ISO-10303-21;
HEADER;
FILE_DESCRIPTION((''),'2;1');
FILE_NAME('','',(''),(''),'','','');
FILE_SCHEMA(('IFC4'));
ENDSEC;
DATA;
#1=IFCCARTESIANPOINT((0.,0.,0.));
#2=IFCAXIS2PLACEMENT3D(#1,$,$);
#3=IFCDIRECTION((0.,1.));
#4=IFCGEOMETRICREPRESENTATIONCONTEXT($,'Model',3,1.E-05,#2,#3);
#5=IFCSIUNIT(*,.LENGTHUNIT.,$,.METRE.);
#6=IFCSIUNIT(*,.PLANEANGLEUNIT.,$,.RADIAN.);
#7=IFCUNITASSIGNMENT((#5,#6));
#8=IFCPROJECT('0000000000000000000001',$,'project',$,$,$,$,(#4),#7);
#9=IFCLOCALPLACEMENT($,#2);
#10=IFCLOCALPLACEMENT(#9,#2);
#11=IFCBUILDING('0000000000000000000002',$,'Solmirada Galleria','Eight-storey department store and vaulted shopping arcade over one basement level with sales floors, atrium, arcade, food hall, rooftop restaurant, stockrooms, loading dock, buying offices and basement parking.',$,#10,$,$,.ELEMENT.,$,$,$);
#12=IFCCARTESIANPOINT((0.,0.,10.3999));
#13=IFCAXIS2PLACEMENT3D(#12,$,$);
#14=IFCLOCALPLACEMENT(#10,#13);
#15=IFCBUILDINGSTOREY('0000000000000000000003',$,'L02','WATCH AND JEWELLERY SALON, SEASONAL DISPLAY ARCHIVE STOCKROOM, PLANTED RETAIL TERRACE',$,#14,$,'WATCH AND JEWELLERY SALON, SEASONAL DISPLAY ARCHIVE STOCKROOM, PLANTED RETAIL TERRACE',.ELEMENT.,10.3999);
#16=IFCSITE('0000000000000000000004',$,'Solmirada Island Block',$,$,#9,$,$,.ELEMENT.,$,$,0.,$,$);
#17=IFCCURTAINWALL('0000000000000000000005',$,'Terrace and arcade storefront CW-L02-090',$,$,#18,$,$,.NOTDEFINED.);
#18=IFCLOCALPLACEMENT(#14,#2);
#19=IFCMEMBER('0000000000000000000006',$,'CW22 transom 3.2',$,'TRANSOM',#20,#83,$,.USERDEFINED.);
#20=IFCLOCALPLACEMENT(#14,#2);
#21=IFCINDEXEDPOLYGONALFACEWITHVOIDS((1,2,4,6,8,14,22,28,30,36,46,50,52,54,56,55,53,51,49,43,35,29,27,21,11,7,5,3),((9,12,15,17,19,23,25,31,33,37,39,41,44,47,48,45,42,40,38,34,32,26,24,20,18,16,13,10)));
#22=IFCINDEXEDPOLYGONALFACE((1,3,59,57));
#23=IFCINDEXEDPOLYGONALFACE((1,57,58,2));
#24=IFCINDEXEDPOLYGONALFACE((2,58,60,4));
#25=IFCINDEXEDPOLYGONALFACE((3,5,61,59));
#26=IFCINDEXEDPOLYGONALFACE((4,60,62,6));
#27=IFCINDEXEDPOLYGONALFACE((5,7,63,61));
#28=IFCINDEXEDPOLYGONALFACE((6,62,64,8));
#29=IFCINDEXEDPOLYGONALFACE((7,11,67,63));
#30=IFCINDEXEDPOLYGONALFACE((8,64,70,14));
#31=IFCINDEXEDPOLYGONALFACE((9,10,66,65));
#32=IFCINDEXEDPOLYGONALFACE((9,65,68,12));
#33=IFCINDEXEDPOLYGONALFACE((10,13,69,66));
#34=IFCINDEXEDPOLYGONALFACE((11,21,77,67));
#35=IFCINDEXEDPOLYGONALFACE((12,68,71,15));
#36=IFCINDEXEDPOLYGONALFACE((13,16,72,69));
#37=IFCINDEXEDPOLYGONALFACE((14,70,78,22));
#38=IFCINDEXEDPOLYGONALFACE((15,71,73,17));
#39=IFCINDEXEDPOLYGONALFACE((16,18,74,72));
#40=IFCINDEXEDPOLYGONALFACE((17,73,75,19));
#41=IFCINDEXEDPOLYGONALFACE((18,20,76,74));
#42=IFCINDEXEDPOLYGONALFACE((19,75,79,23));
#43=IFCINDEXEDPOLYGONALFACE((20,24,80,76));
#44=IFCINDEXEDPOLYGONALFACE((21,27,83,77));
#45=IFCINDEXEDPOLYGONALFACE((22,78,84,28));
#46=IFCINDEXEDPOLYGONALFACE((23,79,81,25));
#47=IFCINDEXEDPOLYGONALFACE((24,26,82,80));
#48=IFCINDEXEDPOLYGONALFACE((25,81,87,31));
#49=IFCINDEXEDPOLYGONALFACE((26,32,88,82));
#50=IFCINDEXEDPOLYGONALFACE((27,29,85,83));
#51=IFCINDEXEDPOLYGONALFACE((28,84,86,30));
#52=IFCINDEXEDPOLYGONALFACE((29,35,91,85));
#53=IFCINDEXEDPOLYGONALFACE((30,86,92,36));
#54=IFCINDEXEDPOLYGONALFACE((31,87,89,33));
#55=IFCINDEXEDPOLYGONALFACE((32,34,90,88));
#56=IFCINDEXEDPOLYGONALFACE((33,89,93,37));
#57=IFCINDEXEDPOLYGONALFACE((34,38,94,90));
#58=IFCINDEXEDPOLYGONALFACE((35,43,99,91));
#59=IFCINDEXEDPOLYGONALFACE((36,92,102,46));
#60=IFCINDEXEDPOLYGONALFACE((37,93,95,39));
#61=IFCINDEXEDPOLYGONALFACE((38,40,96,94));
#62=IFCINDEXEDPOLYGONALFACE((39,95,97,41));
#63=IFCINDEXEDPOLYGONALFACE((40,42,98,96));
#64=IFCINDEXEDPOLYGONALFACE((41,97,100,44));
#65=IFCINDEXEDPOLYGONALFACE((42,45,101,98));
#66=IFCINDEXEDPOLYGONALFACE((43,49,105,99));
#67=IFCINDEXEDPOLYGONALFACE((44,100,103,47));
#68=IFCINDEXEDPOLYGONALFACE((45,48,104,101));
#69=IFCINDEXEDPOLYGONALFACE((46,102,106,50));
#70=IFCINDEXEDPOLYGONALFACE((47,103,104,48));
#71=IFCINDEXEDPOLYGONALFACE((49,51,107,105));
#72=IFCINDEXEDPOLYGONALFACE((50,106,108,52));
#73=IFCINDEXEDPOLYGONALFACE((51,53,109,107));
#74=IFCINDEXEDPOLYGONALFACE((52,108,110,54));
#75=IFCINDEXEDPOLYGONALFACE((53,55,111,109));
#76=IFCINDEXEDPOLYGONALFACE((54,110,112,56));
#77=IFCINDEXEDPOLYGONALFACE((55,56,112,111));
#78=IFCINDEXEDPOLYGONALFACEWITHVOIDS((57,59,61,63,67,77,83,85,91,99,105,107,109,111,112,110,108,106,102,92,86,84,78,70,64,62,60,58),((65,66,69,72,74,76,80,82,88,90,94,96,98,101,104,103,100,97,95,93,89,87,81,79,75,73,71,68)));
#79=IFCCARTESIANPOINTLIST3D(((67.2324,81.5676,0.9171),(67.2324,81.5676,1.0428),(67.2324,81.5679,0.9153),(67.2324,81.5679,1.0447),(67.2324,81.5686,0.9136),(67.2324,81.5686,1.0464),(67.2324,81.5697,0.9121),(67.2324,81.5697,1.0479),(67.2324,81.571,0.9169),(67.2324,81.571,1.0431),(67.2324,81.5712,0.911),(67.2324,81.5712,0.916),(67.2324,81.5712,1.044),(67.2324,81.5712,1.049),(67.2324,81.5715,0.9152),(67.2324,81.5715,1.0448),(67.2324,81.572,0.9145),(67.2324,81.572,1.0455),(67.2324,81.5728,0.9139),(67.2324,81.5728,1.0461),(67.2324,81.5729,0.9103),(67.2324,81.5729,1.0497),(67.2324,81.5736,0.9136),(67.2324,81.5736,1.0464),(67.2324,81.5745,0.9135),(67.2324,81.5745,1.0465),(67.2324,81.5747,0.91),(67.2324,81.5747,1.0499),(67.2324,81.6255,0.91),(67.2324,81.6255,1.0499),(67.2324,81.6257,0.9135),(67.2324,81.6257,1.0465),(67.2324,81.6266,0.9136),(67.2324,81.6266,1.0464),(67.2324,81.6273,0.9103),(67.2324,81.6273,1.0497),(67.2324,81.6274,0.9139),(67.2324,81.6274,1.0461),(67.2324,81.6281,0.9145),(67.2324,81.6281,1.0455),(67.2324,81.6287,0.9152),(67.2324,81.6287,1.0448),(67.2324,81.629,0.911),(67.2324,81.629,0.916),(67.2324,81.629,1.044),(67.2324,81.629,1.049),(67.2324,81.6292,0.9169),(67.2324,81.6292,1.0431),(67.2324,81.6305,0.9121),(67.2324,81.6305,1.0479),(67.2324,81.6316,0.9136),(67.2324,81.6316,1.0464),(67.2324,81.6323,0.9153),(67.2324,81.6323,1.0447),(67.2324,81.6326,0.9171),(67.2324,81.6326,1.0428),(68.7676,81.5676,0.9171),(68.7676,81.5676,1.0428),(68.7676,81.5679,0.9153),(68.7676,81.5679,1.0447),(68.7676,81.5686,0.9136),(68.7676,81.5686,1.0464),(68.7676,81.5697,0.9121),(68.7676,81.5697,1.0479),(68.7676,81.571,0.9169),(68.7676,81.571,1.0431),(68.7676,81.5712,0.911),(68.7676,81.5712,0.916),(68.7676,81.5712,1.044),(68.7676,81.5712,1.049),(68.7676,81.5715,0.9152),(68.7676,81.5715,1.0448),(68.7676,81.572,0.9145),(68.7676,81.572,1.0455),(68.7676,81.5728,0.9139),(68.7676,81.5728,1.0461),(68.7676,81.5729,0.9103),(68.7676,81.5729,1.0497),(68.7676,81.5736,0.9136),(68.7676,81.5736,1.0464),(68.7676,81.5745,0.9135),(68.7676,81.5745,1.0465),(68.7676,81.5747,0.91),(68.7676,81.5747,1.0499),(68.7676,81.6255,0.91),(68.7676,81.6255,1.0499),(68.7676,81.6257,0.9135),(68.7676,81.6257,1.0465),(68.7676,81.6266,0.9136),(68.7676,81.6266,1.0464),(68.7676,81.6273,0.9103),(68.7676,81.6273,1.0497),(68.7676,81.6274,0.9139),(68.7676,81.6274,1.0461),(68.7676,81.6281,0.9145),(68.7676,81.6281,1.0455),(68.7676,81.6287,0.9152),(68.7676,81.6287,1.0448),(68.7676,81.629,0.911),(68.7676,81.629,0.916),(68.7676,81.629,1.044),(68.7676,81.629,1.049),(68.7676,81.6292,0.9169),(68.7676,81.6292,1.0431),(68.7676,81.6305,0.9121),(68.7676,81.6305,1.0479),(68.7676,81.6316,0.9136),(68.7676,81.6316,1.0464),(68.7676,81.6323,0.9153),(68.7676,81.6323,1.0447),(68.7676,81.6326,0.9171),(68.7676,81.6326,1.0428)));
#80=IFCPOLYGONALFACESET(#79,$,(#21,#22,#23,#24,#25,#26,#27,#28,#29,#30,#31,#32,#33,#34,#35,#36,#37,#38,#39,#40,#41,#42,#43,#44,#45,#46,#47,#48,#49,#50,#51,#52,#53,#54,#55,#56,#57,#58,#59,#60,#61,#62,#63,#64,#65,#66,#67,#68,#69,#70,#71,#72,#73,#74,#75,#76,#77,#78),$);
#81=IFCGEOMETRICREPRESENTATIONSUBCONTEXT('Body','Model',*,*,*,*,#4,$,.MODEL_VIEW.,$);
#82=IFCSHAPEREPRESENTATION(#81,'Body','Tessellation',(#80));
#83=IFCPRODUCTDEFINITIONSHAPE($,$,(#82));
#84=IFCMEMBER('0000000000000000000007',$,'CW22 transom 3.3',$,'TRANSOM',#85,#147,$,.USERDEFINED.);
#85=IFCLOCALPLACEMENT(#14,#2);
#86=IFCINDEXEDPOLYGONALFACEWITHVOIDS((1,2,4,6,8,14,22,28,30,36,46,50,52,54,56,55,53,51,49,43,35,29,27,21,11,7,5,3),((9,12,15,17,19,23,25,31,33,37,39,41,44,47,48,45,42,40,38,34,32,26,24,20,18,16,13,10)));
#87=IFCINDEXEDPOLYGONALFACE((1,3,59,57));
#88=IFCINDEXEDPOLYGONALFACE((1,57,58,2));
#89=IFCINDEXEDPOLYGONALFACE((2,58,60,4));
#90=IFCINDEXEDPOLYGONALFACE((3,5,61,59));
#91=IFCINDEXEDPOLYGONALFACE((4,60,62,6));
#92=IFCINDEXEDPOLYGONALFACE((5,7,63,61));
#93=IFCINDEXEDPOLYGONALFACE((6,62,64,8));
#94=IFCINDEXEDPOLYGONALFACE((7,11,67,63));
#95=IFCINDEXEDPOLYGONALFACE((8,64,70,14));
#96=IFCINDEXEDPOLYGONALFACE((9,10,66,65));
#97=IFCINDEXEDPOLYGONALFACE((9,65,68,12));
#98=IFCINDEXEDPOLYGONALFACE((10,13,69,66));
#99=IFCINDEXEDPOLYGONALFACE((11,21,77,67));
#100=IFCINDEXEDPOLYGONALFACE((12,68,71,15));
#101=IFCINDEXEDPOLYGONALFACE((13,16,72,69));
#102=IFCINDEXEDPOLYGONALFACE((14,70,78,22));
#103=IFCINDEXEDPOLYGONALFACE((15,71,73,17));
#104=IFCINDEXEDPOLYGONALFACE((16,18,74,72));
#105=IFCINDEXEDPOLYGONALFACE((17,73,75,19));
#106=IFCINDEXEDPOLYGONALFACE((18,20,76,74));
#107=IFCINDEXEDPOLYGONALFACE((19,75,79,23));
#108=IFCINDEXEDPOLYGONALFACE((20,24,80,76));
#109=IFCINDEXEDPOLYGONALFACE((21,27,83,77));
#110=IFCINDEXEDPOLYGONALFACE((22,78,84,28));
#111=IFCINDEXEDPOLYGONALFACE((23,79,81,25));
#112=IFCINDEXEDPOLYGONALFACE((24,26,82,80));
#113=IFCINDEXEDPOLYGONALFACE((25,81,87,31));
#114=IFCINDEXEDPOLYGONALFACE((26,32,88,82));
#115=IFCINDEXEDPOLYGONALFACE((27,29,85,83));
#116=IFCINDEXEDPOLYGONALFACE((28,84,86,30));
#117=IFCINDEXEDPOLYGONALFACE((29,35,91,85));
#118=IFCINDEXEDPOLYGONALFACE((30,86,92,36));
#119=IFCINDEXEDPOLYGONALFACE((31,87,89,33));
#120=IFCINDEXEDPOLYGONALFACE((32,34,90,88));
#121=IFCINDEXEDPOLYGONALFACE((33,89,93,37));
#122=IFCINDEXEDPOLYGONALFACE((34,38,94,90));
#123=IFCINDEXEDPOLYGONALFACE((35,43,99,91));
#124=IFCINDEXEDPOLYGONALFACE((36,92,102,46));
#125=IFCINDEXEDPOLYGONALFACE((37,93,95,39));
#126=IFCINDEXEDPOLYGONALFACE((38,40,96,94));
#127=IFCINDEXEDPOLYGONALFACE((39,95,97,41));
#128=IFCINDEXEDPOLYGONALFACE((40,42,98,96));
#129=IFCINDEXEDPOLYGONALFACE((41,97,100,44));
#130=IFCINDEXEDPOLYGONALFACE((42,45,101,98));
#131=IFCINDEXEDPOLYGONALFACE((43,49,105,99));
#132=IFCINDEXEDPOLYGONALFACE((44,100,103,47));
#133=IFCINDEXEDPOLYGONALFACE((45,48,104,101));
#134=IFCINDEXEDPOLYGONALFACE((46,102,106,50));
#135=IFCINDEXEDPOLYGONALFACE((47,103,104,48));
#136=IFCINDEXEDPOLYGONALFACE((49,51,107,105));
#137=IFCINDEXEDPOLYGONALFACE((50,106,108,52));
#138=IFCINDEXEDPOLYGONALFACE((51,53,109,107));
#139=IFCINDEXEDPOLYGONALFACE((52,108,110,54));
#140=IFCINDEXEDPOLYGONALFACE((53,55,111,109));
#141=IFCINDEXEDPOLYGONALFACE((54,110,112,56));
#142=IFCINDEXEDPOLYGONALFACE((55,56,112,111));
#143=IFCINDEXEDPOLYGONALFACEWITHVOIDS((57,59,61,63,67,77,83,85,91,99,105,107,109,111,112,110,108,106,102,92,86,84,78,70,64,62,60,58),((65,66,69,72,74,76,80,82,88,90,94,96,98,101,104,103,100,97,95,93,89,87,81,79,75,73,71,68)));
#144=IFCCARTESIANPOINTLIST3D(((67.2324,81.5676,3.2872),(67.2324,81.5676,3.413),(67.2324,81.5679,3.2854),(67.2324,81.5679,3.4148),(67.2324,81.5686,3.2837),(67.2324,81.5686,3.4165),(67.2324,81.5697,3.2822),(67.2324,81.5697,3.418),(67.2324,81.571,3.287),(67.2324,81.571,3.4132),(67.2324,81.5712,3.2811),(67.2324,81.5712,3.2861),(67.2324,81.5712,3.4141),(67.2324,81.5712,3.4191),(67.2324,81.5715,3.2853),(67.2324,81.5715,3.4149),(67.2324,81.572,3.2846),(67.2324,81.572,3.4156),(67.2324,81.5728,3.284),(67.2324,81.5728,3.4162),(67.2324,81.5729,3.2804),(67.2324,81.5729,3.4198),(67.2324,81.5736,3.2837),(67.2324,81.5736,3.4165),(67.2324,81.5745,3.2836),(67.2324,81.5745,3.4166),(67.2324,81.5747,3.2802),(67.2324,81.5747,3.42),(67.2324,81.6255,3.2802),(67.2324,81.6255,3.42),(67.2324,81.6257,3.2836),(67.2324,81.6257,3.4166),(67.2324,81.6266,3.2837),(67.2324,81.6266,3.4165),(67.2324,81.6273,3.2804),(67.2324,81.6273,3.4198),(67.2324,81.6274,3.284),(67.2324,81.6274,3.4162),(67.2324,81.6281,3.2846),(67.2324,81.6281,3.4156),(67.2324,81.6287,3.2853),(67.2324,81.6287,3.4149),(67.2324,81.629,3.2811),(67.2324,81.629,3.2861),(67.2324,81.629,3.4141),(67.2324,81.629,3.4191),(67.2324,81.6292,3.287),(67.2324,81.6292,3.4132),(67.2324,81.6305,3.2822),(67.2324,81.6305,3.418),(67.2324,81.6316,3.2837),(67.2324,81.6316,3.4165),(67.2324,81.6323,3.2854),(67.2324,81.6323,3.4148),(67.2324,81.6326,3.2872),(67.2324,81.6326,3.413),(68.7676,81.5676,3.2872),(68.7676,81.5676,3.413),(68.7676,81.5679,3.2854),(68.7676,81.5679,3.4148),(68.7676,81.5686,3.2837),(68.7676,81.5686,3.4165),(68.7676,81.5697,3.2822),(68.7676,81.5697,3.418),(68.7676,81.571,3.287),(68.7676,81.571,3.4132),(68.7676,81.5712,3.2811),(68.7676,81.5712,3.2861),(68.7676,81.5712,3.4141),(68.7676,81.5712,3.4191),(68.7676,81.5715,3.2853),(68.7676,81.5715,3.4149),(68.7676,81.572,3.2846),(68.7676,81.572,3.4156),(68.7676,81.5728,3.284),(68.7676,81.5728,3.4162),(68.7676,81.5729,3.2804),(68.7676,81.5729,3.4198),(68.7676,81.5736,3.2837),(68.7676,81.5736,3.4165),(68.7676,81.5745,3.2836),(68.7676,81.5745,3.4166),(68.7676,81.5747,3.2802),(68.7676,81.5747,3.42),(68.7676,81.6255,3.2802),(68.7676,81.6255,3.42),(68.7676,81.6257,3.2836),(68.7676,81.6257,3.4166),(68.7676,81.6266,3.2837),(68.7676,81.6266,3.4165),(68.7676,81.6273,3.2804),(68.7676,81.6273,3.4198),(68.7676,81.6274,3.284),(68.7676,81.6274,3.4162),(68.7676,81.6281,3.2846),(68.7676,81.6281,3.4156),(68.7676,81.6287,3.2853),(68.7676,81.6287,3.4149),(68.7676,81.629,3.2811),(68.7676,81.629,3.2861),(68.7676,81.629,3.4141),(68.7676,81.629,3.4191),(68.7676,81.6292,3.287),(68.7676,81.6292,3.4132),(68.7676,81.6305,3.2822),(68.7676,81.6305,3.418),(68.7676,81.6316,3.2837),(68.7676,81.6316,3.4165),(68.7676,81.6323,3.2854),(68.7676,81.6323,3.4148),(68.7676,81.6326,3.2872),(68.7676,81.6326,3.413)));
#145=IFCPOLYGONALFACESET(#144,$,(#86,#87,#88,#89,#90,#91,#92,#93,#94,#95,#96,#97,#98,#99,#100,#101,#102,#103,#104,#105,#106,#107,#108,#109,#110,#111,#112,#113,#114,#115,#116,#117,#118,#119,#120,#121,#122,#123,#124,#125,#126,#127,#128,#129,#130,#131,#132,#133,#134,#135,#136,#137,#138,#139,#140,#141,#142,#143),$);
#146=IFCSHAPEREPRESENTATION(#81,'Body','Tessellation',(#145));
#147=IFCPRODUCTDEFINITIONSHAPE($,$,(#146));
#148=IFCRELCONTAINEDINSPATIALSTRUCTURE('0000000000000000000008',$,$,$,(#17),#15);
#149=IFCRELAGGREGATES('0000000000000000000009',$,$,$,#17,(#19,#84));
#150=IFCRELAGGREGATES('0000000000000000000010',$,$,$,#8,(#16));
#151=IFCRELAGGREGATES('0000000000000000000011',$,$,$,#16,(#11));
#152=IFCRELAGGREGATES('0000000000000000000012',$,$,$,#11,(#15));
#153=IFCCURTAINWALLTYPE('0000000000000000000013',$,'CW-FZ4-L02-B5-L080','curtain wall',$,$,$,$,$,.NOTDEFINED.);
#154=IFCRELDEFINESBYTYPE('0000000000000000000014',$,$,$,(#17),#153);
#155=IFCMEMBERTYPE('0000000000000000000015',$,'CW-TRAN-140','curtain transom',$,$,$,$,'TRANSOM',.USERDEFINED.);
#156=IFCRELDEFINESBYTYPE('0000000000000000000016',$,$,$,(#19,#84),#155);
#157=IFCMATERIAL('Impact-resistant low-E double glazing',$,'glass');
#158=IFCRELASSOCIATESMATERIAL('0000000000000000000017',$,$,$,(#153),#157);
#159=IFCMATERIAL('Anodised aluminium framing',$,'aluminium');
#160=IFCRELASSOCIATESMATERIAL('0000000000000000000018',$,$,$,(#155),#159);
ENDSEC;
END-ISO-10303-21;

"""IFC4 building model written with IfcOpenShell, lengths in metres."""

from ifc_helpers import new_model, si_unit, direction, frame, origin, origin_2d, place, context, subcontext, project, spatial, hollow_rectangle, extrude, material, material_profile, profile_set, type_object, element, aggregate, save


model = new_model("IFC4")

# Units and contexts
model_context = context("Model", 3, precision=1e-05, world=origin(), true_north=direction((0.0, 1.0)))
body_context = subcontext(model_context, "Body", "Model", "MODEL_VIEW")
ifc_project = project(units=[si_unit("LENGTHUNIT", "METRE"), si_unit("PLANEANGLEUNIT", "RADIAN")], contexts=[model_context])

# Site, building, storey
site_placement = place(None, origin())
site = spatial("IfcSite", under=ifc_project, at=site_placement, Name="Solmirada Island Block", CompositionType="ELEMENT", RefElevation=0.0)
building_placement = place(site_placement, origin())
building = spatial("IfcBuilding", under=site, at=building_placement, Name="Solmirada Galleria", Description="Eight-storey department store and vaulted shopping arcade over one basement level with sales floors, atrium, arcade, food hall, rooftop restaurant, stockrooms, loading dock, buying offices and basement parking.", CompositionType="ELEMENT")
storey_placement = place(building_placement, frame((0.0, 0.0, 10.3999)))
storey = spatial("IfcBuildingStorey", under=building, at=storey_placement, Name="L02", Description="WATCH AND JEWELLERY SALON, SEASONAL DISPLAY ARCHIVE STOCKROOM, PLANTED RETAIL TERRACE", LongName="WATCH AND JEWELLERY SALON, SEASONAL DISPLAY ARCHIVE STOCKROOM, PLANTED RETAIL TERRACE", CompositionType="ELEMENT", Elevation=10.3999)

# Shared definitions
ifc_material_1 = material(Name="Impact-resistant low-E double glazing", Category="glass")
curtain_wall_type = type_object("IfcCurtainWallType", Name="CW-FZ4-L02-B5-L080", Description="curtain wall", PredefinedType="NOTDEFINED", material=ifc_material_1)
ifc_material_2 = material(Name="Anodised aluminium framing", Category="aluminium")

# Curtain wall
curtain_wall_1_placement = place(storey_placement, origin())
curtain_wall_1 = element("IfcCurtainWall", 1, at=curtain_wall_1_placement, inside=storey, type_object=curtain_wall_type, Name="Terrace and arcade storefront CW-L02-090", PredefinedType="NOTDEFINED")

# Members
ifc_material_profile_1 = material_profile(ifc_material_2, hollow_rectangle(XDim=0.0649, YDim=0.1399, WallThickness=0.0034, InnerFilletRadius=0.0034, OuterFilletRadius=0.0071, at=origin_2d()), Name="ALU-TRAN-140X65")
ifc_profile_set_1 = profile_set([ifc_material_profile_1], Name="Anodised aluminium framing")
member_type_1 = type_object("IfcMemberType", Name="CW-TRAN-140", Description="curtain transom", ElementType="TRANSOM", PredefinedType="USERDEFINED", material=ifc_profile_set_1)
member_1_placement = place(storey_placement, frame((68.7676, 81.6001, 0.98), z_axis=(-1.0, 0.0, 0.0), x_axis=(0.0, -1.0, 0.0)))
member_1 = element("IfcMember", 2, at=member_1_placement, type_object=member_type_1, Name="CW22 transom 3.2", ObjectType="TRANSOM", PredefinedType="USERDEFINED", context=body_context, shape_type="SweptSolid", body=[
    extrude(hollow_rectangle(XDim=0.0649, YDim=0.1399, WallThickness=0.0034, InnerFilletRadius=0.0034, OuterFilletRadius=0.0071, at=origin_2d()), origin(), (0.0, 0.0, 1.0), 1.5352),
])
member_2_placement = place(storey_placement, frame((68.7676, 81.6001, 3.3501), z_axis=(-1.0, 0.0, 0.0), x_axis=(0.0, -1.0, 0.0)))
member_2 = element("IfcMember", 3, at=member_2_placement, type_object=member_type_1, Name="CW22 transom 3.3", ObjectType="TRANSOM", PredefinedType="USERDEFINED", context=body_context, shape_type="SweptSolid", body=[
    extrude(hollow_rectangle(XDim=0.0649, YDim=0.1399, WallThickness=0.0034, InnerFilletRadius=0.0034, OuterFilletRadius=0.0071, at=origin_2d()), origin(), (0.0, 0.0, 1.0), 1.5352),
])

aggregate(curtain_wall_1, [member_1, member_2])

save(model, "model.ifc")
